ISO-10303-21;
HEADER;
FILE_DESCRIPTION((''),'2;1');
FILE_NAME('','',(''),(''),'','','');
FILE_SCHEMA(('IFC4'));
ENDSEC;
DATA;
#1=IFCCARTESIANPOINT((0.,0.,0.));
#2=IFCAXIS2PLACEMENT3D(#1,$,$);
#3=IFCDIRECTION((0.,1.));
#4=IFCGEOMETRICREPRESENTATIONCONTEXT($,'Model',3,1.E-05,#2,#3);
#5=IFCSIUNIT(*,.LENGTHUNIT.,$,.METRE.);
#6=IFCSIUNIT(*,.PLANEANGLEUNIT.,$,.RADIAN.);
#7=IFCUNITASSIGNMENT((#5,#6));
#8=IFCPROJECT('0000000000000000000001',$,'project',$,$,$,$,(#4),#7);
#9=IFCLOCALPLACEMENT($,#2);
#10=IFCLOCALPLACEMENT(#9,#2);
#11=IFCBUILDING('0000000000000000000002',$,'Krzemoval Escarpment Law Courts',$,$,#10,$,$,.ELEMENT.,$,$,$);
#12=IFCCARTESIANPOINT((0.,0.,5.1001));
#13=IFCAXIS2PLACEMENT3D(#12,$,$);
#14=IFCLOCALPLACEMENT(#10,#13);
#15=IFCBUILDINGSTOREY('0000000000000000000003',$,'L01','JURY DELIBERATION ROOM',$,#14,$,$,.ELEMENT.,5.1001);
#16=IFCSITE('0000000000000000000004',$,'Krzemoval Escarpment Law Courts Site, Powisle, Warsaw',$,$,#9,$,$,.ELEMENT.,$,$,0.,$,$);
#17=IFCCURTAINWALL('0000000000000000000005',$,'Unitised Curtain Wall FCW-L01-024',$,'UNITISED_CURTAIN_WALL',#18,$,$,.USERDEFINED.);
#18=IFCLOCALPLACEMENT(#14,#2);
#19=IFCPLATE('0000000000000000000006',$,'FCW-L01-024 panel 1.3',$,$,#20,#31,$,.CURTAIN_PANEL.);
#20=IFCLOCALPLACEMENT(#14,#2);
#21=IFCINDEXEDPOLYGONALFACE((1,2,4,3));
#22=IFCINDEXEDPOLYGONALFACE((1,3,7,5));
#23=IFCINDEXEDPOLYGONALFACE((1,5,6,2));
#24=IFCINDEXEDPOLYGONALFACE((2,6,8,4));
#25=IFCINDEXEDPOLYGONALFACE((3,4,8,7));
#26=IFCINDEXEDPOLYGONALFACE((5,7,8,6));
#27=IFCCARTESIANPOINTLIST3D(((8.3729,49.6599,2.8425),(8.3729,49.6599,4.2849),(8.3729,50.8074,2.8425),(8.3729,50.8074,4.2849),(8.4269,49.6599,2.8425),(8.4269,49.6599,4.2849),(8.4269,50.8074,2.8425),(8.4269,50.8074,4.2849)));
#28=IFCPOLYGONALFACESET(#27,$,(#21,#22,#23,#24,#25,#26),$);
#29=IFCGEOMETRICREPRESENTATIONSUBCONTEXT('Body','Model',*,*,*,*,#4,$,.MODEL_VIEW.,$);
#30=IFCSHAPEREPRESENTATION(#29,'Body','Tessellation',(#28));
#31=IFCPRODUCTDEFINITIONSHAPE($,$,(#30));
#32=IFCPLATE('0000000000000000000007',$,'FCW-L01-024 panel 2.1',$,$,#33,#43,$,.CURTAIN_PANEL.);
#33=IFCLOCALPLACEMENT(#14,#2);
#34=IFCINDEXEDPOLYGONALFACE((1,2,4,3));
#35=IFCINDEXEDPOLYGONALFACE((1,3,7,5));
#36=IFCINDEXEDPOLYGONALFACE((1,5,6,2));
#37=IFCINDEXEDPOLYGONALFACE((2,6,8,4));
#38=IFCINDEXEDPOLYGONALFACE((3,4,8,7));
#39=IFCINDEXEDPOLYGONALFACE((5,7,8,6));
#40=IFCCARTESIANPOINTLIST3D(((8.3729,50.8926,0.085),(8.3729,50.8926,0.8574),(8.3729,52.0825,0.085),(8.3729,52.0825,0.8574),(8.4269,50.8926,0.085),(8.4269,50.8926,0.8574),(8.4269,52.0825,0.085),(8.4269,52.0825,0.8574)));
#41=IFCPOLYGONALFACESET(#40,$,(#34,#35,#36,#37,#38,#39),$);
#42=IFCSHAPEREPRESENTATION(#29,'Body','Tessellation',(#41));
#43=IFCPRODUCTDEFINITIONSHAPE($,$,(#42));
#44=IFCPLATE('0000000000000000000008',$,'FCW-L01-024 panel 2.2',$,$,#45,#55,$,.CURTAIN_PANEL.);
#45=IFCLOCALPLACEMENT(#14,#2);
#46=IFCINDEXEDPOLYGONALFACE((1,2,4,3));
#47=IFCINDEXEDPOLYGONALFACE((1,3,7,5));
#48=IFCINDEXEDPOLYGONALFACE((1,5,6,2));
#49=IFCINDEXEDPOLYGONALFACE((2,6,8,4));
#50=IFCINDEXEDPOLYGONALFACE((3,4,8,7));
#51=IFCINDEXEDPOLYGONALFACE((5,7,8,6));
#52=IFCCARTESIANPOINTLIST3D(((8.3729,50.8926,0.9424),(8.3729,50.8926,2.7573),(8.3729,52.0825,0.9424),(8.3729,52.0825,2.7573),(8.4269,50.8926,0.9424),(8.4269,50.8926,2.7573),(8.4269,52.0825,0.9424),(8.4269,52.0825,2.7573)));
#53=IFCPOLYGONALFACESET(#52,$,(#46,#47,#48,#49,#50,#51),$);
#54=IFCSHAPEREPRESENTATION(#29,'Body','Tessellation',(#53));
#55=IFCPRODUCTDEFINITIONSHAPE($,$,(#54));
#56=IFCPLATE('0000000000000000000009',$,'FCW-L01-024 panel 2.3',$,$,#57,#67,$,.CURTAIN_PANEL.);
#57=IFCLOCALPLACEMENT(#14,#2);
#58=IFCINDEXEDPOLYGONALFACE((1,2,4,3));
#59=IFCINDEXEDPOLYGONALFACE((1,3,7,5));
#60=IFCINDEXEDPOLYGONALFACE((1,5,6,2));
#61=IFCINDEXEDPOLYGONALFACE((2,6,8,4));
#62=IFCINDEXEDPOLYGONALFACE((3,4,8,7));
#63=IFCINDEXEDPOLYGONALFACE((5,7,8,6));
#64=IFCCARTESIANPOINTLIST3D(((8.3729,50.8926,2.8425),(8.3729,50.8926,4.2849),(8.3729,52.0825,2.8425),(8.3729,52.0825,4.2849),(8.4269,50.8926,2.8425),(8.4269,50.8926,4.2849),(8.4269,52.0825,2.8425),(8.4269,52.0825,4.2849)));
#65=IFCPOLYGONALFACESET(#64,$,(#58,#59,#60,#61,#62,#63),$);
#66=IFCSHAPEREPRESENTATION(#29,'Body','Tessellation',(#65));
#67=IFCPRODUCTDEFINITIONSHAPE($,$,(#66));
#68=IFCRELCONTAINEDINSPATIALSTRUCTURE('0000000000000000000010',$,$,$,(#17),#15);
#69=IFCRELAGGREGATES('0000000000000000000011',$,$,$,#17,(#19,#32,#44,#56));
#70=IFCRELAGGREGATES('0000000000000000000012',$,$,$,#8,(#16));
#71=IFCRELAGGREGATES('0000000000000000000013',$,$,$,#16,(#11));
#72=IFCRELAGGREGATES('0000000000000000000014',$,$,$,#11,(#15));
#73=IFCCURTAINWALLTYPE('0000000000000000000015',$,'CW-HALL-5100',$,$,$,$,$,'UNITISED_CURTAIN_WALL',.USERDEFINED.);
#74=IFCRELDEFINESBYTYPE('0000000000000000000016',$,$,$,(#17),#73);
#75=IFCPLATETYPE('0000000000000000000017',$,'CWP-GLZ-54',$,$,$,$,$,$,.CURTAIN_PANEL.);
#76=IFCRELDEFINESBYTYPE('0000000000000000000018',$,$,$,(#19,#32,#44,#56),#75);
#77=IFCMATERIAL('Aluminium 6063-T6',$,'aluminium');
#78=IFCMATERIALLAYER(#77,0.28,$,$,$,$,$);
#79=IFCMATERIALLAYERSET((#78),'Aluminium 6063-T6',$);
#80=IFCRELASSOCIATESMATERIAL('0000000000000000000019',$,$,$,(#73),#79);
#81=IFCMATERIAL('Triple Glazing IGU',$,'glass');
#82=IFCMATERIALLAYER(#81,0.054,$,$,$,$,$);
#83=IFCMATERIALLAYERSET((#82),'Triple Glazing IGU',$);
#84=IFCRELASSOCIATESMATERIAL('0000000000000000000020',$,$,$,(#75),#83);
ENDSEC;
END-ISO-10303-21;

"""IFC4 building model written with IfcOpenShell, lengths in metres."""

from ifc_helpers import new_model, si_unit, direction, frame, origin, origin_2d, place, context, subcontext, project, spatial, rectangle, extrude, material, layer, layer_set, type_object, element, aggregate, save


model = new_model("IFC4")

# Units and contexts
model_context = context("Model", 3, precision=1e-05, world=origin(), true_north=direction((0.0, 1.0)))
body_context = subcontext(model_context, "Body", "Model", "MODEL_VIEW")
ifc_project = project(units=[si_unit("LENGTHUNIT", "METRE"), si_unit("PLANEANGLEUNIT", "RADIAN")], contexts=[model_context])

# Site, building, storey
site_placement = place(None, origin())
site = spatial("IfcSite", under=ifc_project, at=site_placement, Name="Krzemoval Escarpment Law Courts Site, Powisle, Warsaw", CompositionType="ELEMENT", RefElevation=0.0)
building_placement = place(site_placement, origin())
building = spatial("IfcBuilding", under=site, at=building_placement, Name="Krzemoval Escarpment Law Courts", CompositionType="ELEMENT")
storey_placement = place(building_placement, frame((0.0, 0.0, 5.1001)))
storey = spatial("IfcBuildingStorey", under=building, at=storey_placement, Name="L01", Description="JURY DELIBERATION ROOM", CompositionType="ELEMENT", Elevation=5.1001)

# Curtain wall
ifc_material_1 = material(Name="Aluminium 6063-T6", Category="aluminium")
ifc_layer_1 = layer(ifc_material_1, 0.28)
ifc_layer_set_1 = layer_set([ifc_layer_1], Name="Aluminium 6063-T6")
curtain_wall_type = type_object("IfcCurtainWallType", Name="CW-HALL-5100", ElementType="UNITISED_CURTAIN_WALL", PredefinedType="USERDEFINED", material=ifc_layer_set_1)
curtain_wall_placement = place(storey_placement, origin())
curtain_wall = element("IfcCurtainWall", 1, at=curtain_wall_placement, inside=storey, type_object=curtain_wall_type, Name="Unitised Curtain Wall FCW-L01-024", ObjectType="UNITISED_CURTAIN_WALL", PredefinedType="USERDEFINED")

# Plates
ifc_material_2 = material(Name="Triple Glazing IGU", Category="glass")
ifc_layer_2 = layer(ifc_material_2, 0.054)
ifc_layer_set_2 = layer_set([ifc_layer_2], Name="Triple Glazing IGU")
plate_type = type_object("IfcPlateType", Name="CWP-GLZ-54", PredefinedType="CURTAIN_PANEL", material=ifc_layer_set_2)
plate_1_placement = place(storey_placement, frame((8.3999, 50.2336, 2.8425), z_axis=(0.0, 0.0, 1.0), x_axis=(0.0, 1.0, 0.0)))
plate_1 = element("IfcPlate", 2, at=plate_1_placement, type_object=plate_type, Name="FCW-L01-024 panel 1.3", PredefinedType="CURTAIN_PANEL", context=body_context, shape_type="SweptSolid", body=[
    extrude(rectangle(XDim=1.1475, YDim=0.054, at=origin_2d()), origin(), (0.0, 0.0, 1.0), 1.4424),
])
plate_2_placement = place(storey_placement, frame((8.3999, 51.4875, 0.085), z_axis=(0.0, 0.0, 1.0), x_axis=(0.0, 1.0, 0.0)))
plate_2 = element("IfcPlate", 3, at=plate_2_placement, type_object=plate_type, Name="FCW-L01-024 panel 2.1", PredefinedType="CURTAIN_PANEL", context=body_context, shape_type="SweptSolid", body=[
    extrude(rectangle(XDim=1.1899, YDim=0.054, at=origin_2d()), origin(), (0.0, 0.0, 1.0), 0.7725),
])
plate_3_placement = place(storey_placement, frame((8.3999, 51.4875, 0.9424), z_axis=(0.0, 0.0, 1.0), x_axis=(0.0, 1.0, 0.0)))
plate_3 = element("IfcPlate", 4, at=plate_3_placement, type_object=plate_type, Name="FCW-L01-024 panel 2.2", PredefinedType="CURTAIN_PANEL", context=body_context, shape_type="SweptSolid", body=[
    extrude(rectangle(XDim=1.1899, YDim=0.054, at=origin_2d()), origin(), (0.0, 0.0, 1.0), 1.8149),
])
plate_4_placement = place(storey_placement, frame((8.3999, 51.4875, 2.8425), z_axis=(0.0, 0.0, 1.0), x_axis=(0.0, 1.0, 0.0)))
plate_4 = element("IfcPlate", 5, at=plate_4_placement, type_object=plate_type, Name="FCW-L01-024 panel 2.3", PredefinedType="CURTAIN_PANEL", context=body_context, shape_type="SweptSolid", body=[
    extrude(rectangle(XDim=1.1899, YDim=0.054, at=origin_2d()), origin(), (0.0, 0.0, 1.0), 1.4424),
])
aggregate(curtain_wall, [plate_1, plate_2, plate_3, plate_4])

save(model, "model.ifc")
